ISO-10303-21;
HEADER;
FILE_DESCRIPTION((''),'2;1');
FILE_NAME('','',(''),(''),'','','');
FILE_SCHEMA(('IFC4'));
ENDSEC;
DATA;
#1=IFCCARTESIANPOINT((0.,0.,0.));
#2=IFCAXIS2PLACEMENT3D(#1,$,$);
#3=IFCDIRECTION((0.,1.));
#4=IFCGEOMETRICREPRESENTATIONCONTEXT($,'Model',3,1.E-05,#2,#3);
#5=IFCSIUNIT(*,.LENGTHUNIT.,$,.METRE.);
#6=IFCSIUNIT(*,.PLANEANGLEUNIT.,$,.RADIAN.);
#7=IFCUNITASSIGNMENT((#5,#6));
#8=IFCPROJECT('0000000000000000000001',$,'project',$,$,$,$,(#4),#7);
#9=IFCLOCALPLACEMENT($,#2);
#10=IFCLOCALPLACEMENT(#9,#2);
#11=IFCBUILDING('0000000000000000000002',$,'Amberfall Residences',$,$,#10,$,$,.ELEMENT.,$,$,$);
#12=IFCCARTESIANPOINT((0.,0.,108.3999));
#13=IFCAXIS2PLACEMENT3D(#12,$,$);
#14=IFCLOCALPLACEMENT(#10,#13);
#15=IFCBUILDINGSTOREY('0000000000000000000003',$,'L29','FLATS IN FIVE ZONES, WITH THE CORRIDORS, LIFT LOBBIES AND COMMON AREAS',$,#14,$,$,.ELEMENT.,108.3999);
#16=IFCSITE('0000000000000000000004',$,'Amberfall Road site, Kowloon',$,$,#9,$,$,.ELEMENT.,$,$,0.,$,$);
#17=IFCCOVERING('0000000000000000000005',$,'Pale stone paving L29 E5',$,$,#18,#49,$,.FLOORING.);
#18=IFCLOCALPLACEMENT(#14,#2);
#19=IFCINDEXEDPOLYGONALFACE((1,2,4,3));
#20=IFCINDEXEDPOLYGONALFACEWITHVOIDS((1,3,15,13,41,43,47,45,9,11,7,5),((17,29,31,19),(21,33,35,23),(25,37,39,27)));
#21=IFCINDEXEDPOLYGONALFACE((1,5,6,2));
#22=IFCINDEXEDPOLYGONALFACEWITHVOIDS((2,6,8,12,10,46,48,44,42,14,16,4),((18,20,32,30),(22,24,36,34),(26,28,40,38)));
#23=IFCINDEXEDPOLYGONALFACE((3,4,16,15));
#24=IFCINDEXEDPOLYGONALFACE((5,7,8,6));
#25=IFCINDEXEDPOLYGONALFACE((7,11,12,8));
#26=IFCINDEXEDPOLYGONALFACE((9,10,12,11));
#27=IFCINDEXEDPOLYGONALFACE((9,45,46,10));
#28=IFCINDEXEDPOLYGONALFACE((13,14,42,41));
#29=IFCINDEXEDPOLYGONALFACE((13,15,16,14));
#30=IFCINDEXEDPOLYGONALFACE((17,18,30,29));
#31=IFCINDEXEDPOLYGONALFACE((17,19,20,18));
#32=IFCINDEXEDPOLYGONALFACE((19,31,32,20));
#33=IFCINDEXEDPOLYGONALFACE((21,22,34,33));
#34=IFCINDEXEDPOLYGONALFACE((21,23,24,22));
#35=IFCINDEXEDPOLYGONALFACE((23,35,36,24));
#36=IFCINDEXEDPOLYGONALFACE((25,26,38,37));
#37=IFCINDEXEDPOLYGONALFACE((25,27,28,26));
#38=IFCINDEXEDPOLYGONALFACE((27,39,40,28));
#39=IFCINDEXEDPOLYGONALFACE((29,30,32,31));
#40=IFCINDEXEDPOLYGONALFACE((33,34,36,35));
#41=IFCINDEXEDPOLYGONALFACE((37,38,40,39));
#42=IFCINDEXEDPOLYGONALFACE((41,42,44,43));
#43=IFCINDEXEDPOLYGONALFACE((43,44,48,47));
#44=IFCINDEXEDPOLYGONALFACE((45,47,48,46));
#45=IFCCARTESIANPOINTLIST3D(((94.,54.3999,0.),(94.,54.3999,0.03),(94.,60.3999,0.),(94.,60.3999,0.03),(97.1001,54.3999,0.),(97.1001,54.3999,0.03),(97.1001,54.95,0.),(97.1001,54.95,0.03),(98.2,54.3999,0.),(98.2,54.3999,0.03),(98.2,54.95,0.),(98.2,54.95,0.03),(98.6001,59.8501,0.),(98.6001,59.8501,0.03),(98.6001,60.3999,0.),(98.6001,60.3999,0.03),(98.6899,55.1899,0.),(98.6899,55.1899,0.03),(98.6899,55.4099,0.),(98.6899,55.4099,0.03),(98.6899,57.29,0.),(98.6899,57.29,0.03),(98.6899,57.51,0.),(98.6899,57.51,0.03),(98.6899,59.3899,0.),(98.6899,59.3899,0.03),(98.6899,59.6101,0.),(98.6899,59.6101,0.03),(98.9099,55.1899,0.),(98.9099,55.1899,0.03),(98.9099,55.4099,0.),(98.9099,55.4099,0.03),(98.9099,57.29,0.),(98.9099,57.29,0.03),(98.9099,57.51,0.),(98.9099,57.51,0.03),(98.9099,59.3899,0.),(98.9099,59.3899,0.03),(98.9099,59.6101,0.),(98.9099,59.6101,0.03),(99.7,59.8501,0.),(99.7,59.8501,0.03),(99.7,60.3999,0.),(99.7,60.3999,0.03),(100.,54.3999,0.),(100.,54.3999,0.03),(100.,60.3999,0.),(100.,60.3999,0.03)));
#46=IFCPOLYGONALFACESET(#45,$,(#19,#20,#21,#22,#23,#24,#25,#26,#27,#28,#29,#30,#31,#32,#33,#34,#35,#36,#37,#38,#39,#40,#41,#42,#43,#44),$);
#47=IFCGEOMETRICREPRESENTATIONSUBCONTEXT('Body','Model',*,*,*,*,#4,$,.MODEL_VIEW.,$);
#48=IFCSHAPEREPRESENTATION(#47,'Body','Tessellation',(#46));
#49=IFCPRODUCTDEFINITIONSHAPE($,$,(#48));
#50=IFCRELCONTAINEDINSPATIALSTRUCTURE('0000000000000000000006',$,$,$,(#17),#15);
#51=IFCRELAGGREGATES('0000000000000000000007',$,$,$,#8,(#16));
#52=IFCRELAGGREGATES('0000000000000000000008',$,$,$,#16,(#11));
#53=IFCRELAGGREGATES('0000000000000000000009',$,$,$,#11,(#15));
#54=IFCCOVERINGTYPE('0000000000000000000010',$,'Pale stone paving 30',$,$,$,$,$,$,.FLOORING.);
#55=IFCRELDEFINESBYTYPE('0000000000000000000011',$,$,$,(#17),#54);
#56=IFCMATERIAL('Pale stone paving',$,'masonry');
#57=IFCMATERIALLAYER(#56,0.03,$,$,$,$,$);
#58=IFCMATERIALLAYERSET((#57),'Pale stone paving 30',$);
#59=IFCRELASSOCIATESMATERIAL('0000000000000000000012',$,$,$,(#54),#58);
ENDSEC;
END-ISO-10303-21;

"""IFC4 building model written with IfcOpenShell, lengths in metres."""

from ifc_helpers import new_model, si_unit, direction, frame, origin, place, context, subcontext, project, spatial, polyline, outline, extrude, material, layer, layer_set, type_object, element, save


model = new_model("IFC4")

# Units and contexts
model_context = context("Model", 3, precision=1e-05, world=origin(), true_north=direction((0.0, 1.0)))
body_context = subcontext(model_context, "Body", "Model", "MODEL_VIEW")
ifc_project = project(units=[si_unit("LENGTHUNIT", "METRE"), si_unit("PLANEANGLEUNIT", "RADIAN")], contexts=[model_context])

# Site, building, storey
site_placement = place(None, origin())
site = spatial("IfcSite", under=ifc_project, at=site_placement, Name="Amberfall Road site, Kowloon", CompositionType="ELEMENT", RefElevation=0.0)
building_placement = place(site_placement, origin())
building = spatial("IfcBuilding", under=site, at=building_placement, Name="Amberfall Residences", CompositionType="ELEMENT")
storey_placement = place(building_placement, frame((0.0, 0.0, 108.3999)))
storey = spatial("IfcBuildingStorey", under=building, at=storey_placement, Name="L29", Description="FLATS IN FIVE ZONES, WITH THE CORRIDORS, LIFT LOBBIES AND COMMON AREAS", CompositionType="ELEMENT", Elevation=108.3999)

# Covering
ifc_material_1 = material(Name="Pale stone paving", Category="masonry")
ifc_layer_1 = layer(ifc_material_1, 0.03)
ifc_layer_set_1 = layer_set([ifc_layer_1], Name="Pale stone paving 30")
covering_type_1 = type_object("IfcCoveringType", Name="Pale stone paving 30", PredefinedType="FLOORING", material=ifc_layer_set_1)
covering_1_placement = place(storey_placement, origin())
element("IfcCovering", 1, at=covering_1_placement, inside=storey, type_object=covering_type_1, Name="Pale stone paving L29 E5", PredefinedType="FLOORING", context=body_context, shape_type="SweptSolid", body=[
    extrude(outline(polyline([(100.0, 60.3999), (99.7, 60.3999), (99.7, 59.8501), (98.6001, 59.8501), (98.6001, 60.3999), (94.0, 60.3999), (94.0, 54.3999), (97.1001, 54.3999), (97.1001, 54.95), (98.2, 54.95), (98.2, 54.3999), (100.0, 54.3999), (100.0, 60.3999)]), holes=[polyline([(98.6899, 55.1899), (98.9099, 55.1899), (98.9099, 55.4099), (98.6899, 55.4099), (98.6899, 55.1899)]), polyline([(98.6899, 57.29), (98.9099, 57.29), (98.9099, 57.51), (98.6899, 57.51), (98.6899, 57.29)]), polyline([(98.6899, 59.3899), (98.9099, 59.3899), (98.9099, 59.6101), (98.6899, 59.6101), (98.6899, 59.3899)])]), origin(), (0.0, 0.0, 1.0), 0.03),
])

save(model, "model.ifc")
